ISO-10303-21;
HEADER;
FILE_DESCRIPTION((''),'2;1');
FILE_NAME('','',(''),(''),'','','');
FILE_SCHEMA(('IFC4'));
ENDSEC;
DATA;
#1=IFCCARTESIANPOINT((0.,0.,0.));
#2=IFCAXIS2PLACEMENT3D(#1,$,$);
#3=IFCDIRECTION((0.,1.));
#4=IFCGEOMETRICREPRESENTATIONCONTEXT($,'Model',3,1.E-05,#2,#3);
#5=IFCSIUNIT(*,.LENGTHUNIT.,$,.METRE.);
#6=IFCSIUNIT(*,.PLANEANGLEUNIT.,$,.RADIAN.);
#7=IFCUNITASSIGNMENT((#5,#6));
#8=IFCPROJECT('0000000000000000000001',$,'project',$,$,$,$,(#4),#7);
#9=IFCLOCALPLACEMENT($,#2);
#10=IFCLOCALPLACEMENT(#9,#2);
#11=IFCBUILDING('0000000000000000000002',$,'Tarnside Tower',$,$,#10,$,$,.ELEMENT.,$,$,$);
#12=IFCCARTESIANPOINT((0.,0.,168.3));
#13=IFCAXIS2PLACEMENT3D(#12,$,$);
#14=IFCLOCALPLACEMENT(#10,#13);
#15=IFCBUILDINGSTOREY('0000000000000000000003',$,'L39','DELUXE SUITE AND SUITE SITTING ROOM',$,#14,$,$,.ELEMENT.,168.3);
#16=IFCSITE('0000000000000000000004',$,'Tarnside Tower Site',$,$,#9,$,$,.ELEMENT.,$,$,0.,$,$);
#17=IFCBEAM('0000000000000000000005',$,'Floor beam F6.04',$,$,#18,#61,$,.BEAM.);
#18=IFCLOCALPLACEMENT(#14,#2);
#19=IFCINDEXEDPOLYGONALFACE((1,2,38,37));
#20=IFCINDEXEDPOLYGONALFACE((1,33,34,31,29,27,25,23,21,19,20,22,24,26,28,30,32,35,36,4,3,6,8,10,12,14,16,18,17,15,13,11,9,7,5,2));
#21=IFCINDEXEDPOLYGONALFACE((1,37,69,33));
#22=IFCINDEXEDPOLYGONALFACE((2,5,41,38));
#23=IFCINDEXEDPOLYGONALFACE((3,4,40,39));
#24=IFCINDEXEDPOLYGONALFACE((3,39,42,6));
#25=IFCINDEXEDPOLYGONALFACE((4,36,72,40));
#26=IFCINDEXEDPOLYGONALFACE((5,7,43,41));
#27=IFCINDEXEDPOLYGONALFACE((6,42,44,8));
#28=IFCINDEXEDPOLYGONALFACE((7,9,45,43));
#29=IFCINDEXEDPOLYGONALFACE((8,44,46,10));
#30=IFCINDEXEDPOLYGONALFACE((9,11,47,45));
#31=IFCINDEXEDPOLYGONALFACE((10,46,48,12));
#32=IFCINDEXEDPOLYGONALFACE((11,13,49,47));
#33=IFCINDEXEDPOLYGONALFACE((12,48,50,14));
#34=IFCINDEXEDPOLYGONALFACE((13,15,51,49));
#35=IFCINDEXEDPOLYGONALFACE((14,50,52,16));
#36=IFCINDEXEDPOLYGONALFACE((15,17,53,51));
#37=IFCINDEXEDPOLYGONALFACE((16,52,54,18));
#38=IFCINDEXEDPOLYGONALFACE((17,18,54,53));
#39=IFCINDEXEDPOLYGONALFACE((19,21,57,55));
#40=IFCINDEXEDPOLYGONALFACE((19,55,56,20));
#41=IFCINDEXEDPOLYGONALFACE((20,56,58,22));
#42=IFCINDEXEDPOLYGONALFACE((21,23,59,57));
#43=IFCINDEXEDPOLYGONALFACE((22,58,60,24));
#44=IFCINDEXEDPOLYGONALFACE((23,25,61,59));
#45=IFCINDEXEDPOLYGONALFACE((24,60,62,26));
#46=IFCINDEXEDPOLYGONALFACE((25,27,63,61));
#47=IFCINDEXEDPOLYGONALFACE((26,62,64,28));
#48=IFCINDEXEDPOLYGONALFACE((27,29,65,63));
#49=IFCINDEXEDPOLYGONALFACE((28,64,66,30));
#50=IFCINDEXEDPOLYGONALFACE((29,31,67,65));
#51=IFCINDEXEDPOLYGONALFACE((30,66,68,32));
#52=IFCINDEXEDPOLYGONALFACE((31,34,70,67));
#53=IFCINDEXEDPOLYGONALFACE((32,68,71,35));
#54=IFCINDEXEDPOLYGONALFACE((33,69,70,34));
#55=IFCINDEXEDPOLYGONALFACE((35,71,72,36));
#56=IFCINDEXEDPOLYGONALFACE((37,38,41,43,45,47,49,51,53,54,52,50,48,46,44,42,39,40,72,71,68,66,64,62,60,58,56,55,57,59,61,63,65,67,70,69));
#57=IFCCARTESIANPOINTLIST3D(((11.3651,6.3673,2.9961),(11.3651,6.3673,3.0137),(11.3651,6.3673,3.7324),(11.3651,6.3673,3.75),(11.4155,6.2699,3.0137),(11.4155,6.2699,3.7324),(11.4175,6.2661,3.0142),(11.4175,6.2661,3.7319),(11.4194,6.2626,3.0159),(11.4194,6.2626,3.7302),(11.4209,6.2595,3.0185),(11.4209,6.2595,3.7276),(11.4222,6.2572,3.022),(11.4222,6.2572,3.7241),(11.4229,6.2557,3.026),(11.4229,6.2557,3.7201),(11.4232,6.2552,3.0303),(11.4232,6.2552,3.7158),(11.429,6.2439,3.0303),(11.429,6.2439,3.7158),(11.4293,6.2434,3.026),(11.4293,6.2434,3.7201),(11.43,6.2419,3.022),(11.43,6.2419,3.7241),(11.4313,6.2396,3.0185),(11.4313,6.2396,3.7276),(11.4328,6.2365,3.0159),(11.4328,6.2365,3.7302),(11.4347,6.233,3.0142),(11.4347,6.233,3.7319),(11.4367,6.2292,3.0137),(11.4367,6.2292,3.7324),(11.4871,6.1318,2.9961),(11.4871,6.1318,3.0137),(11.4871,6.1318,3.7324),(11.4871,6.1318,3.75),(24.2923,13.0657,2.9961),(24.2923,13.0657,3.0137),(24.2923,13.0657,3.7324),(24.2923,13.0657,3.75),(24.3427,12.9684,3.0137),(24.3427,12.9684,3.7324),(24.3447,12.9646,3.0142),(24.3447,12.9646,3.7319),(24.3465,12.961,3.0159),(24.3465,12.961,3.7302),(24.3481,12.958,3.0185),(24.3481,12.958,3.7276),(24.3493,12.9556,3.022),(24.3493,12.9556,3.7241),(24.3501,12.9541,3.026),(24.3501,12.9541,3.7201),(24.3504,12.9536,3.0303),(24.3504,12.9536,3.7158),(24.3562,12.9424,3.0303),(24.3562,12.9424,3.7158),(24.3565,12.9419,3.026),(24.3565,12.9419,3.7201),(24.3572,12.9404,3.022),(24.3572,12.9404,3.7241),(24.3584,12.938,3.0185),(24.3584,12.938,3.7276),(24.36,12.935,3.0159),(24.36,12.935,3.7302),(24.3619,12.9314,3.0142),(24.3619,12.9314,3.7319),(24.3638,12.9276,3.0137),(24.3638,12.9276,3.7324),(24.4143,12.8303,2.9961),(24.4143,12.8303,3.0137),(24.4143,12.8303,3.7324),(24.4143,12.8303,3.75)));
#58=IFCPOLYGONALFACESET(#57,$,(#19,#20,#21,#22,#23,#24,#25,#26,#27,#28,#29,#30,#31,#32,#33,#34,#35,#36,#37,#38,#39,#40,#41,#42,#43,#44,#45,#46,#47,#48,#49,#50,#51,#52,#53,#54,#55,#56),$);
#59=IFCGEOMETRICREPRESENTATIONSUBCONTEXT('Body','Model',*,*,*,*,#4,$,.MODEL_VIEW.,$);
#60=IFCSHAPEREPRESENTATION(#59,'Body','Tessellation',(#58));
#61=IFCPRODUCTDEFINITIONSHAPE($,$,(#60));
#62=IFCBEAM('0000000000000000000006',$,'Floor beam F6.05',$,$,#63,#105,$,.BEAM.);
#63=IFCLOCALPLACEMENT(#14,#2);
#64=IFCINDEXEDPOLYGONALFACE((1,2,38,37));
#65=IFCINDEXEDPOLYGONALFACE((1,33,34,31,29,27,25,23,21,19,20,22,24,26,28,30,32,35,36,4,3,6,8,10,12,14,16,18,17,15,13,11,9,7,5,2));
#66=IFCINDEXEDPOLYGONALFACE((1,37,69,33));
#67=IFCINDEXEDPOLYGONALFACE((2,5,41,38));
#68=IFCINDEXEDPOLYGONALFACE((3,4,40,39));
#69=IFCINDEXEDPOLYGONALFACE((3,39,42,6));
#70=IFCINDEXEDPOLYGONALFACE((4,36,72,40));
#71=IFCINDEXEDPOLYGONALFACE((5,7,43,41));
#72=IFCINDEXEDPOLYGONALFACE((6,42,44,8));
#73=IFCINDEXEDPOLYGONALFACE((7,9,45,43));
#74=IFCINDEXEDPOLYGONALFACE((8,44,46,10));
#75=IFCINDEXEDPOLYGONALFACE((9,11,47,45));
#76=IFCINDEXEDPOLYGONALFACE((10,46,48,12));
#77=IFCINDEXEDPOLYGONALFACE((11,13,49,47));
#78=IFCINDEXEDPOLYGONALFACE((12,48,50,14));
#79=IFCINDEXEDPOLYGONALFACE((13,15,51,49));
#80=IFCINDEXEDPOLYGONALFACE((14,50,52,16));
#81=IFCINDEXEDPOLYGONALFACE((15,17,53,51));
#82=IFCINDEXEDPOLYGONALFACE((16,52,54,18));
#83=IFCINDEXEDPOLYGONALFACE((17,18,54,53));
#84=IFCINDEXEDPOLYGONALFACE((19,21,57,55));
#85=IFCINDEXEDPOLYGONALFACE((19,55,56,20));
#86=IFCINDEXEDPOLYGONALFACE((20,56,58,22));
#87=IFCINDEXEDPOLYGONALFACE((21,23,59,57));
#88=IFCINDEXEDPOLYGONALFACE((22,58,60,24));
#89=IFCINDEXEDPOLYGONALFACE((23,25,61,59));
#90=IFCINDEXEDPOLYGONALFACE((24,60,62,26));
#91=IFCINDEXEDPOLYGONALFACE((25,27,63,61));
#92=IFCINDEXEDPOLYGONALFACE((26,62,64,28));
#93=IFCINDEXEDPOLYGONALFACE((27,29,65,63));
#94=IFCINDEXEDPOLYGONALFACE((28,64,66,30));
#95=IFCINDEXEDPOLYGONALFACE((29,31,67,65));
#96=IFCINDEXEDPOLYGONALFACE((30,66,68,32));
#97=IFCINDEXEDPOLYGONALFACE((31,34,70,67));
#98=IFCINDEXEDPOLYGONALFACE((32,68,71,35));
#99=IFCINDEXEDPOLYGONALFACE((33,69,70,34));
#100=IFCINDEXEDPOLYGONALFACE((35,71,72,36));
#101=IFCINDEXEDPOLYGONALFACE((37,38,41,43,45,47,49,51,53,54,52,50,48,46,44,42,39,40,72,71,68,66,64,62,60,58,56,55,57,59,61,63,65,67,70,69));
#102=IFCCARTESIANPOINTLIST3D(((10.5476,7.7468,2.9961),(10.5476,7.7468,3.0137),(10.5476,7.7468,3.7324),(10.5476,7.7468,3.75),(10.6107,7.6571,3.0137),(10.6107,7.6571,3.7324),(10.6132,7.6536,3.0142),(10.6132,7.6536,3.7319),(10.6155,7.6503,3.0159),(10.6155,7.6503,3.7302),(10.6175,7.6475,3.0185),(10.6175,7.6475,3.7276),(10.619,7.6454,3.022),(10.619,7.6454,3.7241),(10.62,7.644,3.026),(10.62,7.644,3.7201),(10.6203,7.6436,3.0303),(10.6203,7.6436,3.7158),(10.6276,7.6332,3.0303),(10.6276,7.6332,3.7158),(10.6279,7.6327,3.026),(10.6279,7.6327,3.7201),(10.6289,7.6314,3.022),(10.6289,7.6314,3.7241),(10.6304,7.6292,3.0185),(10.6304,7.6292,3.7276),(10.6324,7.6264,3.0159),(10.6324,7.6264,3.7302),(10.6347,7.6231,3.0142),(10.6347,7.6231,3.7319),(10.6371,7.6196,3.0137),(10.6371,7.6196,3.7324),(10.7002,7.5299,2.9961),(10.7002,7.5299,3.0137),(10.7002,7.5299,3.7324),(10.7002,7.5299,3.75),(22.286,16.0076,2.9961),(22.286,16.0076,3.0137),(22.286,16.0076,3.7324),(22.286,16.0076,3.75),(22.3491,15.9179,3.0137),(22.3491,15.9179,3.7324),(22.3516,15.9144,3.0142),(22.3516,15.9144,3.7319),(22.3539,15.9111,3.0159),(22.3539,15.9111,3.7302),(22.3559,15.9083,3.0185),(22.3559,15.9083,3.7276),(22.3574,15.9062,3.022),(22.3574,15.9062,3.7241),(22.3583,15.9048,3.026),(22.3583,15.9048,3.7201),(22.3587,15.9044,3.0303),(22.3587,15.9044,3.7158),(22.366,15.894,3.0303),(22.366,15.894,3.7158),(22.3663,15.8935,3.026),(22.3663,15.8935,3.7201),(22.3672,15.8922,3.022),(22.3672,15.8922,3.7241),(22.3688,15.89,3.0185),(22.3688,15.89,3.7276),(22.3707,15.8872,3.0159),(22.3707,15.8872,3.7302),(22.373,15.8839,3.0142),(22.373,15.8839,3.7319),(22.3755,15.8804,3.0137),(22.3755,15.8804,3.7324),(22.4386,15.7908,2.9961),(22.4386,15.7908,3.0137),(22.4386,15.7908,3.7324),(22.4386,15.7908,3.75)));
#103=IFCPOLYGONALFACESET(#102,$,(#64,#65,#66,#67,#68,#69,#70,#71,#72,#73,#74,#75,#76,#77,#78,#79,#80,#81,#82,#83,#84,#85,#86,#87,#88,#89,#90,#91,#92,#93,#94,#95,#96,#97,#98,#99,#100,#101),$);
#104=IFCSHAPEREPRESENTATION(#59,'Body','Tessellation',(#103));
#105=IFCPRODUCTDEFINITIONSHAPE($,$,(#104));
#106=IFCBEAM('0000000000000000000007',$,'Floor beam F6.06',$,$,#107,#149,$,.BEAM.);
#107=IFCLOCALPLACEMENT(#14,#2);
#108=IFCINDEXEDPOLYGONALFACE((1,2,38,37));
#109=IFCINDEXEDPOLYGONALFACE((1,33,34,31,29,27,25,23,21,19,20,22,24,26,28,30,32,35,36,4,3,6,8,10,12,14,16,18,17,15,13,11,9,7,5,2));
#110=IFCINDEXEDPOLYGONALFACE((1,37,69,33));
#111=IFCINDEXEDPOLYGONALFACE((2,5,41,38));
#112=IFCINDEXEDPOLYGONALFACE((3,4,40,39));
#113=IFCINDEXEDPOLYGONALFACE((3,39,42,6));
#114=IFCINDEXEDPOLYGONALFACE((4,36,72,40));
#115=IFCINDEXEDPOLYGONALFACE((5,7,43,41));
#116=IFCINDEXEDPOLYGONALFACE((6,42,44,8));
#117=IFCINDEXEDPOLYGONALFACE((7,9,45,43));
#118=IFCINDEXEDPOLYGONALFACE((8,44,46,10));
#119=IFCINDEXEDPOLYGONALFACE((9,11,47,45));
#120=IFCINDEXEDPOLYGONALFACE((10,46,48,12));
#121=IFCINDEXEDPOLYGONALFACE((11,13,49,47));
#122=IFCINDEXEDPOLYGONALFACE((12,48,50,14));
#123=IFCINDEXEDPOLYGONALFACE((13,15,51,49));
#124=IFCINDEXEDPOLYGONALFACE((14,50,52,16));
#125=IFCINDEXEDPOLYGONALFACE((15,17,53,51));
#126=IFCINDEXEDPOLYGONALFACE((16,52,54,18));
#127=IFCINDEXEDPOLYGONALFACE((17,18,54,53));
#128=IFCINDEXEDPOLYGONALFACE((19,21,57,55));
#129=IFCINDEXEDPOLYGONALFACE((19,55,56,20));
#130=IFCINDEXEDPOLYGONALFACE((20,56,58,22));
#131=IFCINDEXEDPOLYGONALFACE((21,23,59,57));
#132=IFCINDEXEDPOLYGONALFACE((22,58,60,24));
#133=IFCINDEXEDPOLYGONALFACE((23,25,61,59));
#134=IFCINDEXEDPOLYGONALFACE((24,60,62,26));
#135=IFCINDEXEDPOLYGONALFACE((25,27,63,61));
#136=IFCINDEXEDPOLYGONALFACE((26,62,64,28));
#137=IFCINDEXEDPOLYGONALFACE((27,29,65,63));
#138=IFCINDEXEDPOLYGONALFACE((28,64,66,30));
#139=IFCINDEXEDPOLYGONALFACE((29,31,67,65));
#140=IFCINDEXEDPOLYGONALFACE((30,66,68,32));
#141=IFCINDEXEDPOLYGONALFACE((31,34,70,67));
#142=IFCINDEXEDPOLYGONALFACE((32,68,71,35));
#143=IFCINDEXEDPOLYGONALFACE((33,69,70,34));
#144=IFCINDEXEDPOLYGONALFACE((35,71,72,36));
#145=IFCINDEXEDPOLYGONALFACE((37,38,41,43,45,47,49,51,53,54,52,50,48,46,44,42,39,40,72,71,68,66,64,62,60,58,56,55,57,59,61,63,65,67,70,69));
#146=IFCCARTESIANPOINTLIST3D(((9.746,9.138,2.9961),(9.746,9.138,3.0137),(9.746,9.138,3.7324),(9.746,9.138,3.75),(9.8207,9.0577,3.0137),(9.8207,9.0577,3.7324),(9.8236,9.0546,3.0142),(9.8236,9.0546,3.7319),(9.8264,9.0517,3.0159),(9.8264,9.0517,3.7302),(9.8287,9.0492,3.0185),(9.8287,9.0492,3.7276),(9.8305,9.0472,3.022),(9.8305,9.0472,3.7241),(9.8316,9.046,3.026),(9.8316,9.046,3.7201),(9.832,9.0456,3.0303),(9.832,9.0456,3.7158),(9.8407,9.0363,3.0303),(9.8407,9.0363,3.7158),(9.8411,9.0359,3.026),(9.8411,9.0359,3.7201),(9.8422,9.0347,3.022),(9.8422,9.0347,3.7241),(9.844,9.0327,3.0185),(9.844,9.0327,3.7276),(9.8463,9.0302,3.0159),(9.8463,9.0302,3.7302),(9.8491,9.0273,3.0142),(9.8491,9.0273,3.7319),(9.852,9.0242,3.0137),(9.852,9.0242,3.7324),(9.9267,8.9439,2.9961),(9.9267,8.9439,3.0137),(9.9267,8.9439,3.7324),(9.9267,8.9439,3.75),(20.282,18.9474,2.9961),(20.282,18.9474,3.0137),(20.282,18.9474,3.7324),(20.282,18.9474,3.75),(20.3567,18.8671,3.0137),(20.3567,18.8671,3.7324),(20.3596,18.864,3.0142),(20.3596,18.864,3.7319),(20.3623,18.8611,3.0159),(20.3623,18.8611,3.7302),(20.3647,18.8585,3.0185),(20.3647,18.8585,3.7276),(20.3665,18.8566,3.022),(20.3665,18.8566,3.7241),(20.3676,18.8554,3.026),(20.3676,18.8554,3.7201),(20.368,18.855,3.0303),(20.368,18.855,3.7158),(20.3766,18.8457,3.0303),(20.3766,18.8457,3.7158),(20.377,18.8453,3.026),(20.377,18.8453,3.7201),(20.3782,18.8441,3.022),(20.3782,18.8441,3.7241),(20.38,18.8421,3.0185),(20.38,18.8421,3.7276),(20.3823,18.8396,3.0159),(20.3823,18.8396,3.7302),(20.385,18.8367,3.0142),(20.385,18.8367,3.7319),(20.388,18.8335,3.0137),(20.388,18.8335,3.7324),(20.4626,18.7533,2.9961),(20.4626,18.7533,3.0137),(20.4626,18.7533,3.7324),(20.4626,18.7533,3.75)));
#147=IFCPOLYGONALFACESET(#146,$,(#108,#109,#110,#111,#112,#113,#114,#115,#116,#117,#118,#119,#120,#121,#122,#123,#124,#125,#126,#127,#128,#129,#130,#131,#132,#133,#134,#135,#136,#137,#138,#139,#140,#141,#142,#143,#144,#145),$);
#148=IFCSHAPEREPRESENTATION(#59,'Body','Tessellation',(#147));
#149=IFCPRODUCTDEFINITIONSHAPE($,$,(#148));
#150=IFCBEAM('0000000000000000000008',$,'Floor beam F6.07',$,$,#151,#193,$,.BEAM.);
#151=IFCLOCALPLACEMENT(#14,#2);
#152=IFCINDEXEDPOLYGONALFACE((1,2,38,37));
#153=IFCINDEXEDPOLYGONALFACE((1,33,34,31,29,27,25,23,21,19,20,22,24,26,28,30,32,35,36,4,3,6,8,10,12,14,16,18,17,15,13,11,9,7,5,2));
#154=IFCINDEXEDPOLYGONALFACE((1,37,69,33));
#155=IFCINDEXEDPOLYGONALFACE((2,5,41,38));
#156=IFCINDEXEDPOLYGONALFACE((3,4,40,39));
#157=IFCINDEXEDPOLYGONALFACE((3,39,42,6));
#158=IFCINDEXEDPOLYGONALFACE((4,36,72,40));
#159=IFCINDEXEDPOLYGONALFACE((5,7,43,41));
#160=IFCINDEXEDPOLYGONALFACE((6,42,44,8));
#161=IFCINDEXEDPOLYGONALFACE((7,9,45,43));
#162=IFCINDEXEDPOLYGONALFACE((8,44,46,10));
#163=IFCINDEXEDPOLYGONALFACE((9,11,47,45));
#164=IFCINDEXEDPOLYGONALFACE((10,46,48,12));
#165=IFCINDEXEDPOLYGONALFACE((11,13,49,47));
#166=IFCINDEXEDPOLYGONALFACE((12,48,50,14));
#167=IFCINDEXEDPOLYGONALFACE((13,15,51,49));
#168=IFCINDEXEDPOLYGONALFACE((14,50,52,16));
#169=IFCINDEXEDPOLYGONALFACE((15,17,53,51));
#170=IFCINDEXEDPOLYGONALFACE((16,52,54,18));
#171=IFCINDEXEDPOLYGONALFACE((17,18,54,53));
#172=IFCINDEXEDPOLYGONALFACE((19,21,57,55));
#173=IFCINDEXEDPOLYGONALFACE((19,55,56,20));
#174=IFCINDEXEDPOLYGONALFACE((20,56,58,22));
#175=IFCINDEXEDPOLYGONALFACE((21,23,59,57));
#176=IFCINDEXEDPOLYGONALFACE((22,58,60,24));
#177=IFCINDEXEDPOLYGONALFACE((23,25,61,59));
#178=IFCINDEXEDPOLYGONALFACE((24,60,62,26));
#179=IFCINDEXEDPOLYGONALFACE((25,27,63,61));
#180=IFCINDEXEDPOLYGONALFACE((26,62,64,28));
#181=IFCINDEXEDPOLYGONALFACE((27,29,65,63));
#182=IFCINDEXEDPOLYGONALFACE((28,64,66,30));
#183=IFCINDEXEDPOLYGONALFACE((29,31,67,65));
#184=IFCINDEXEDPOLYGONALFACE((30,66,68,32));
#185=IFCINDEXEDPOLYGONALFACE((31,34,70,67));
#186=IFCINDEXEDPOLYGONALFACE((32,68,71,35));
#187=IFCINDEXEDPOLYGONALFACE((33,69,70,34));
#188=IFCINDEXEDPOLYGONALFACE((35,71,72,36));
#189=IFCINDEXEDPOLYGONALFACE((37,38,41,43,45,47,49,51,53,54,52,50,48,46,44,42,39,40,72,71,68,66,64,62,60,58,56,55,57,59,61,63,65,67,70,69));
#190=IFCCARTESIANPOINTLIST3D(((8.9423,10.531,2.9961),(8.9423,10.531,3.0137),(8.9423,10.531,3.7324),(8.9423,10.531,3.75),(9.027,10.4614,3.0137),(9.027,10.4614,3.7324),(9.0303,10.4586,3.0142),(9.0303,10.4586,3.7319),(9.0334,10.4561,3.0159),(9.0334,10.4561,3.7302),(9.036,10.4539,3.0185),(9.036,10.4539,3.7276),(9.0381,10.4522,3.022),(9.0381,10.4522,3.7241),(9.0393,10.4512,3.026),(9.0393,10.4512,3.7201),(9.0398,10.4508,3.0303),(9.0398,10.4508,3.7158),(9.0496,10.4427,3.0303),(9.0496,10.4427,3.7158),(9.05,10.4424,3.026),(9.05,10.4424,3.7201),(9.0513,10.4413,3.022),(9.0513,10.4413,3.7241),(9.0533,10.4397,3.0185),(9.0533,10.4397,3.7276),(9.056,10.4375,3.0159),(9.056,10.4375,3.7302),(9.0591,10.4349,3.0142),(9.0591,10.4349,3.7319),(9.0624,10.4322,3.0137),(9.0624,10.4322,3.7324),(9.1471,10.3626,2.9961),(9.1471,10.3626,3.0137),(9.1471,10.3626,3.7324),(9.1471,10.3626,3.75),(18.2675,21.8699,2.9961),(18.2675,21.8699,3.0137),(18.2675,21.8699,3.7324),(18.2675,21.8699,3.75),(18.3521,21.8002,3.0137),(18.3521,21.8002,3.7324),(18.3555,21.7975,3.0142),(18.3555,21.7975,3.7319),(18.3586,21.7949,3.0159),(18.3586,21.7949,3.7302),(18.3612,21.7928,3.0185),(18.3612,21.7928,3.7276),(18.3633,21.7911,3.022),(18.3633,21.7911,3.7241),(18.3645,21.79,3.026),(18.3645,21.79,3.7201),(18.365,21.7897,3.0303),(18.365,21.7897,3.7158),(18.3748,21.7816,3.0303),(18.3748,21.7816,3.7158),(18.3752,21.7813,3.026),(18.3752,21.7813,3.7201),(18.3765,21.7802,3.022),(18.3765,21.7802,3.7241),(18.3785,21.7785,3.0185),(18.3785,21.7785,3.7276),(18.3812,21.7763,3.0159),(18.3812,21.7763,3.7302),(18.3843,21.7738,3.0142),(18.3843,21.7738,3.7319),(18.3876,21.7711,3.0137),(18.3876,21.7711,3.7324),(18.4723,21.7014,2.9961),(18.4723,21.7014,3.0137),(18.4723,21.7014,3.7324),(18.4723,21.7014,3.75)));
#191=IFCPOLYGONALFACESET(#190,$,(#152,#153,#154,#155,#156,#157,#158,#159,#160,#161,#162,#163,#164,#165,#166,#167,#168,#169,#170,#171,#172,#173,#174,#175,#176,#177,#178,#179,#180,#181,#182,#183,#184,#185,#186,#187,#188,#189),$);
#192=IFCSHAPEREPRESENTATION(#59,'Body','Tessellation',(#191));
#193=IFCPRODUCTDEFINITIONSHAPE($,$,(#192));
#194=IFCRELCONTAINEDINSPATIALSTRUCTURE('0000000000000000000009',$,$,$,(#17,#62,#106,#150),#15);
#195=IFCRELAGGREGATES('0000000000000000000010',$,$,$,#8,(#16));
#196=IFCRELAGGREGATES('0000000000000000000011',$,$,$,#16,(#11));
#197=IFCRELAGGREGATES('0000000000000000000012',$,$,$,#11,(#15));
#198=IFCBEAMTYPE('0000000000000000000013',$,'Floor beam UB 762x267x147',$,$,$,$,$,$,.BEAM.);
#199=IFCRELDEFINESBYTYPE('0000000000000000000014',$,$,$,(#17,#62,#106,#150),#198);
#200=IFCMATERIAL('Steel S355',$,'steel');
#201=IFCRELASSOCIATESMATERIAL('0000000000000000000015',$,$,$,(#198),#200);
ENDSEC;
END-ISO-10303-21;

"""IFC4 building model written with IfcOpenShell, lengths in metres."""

from ifc_helpers import new_model, si_unit, direction, frame, origin, origin_2d, place, context, subcontext, project, spatial, i_section, extrude, material, material_profile, profile_set, type_object, element, save


model = new_model("IFC4")

# Units and contexts
model_context = context("Model", 3, precision=1e-05, world=origin(), true_north=direction((0.0, 1.0)))
body_context = subcontext(model_context, "Body", "Model", "MODEL_VIEW")
ifc_project = project(units=[si_unit("LENGTHUNIT", "METRE"), si_unit("PLANEANGLEUNIT", "RADIAN")], contexts=[model_context])

# Site, building, storey
site_placement = place(None, origin())
site = spatial("IfcSite", under=ifc_project, at=site_placement, Name="Tarnside Tower Site", CompositionType="ELEMENT", RefElevation=0.0)
building_placement = place(site_placement, origin())
building = spatial("IfcBuilding", under=site, at=building_placement, Name="Tarnside Tower", CompositionType="ELEMENT")
storey_placement = place(building_placement, frame((0.0, 0.0, 168.3)))
storey = spatial("IfcBuildingStorey", under=building, at=storey_placement, Name="L39", Description="DELUXE SUITE AND SUITE SITTING ROOM", CompositionType="ELEMENT", Elevation=168.3)

# Beams
ifc_material_1 = material(Name="Steel S355", Category="steel")
ifc_material_profile_1 = material_profile(ifc_material_1, i_section(OverallWidth=0.2651, OverallDepth=0.7539, WebThickness=0.0127, FlangeThickness=0.0176, FilletRadius=0.0166, at=origin_2d()), Name="UB 762x267x147")
ifc_profile_set_1 = profile_set([ifc_material_profile_1], Name="Steel S355")
beam_type_1 = type_object("IfcBeamType", Name="Floor beam UB 762x267x147", PredefinedType="BEAM", material=ifc_profile_set_1)
beam_1_placement = place(storey_placement, frame((24.3533, 12.948, 3.373), z_axis=(-0.887882, -0.460072, 0.0), x_axis=(0.460072, -0.887882, 0.0)))
element("IfcBeam", 1, at=beam_1_placement, inside=storey, type_object=beam_type_1, Name="Floor beam F6.04", PredefinedType="BEAM", context=body_context, shape_type="SweptSolid", body=[
    extrude(i_section(OverallWidth=0.2651, OverallDepth=0.7539, WebThickness=0.0127, FlangeThickness=0.0176, FilletRadius=0.0166, at=origin_2d()), origin(), (0.0, 0.0, 1.0), 14.5596),
])
beam_2_placement = place(storey_placement, frame((22.3623, 15.8992, 3.373), z_axis=(-0.817791, -0.575515, 0.0), x_axis=(0.575515, -0.817791, 0.0)))
element("IfcBeam", 2, at=beam_2_placement, inside=storey, type_object=beam_type_1, Name="Floor beam F6.05", PredefinedType="BEAM", context=body_context, shape_type="SweptSolid", body=[
    extrude(i_section(OverallWidth=0.2651, OverallDepth=0.7539, WebThickness=0.0127, FlangeThickness=0.0176, FilletRadius=0.0166, at=origin_2d()), origin(), (0.0, 0.0, 1.0), 14.3538),
])
beam_3_placement = place(storey_placement, frame((20.3723, 18.8503, 3.373), z_axis=(-0.731892, -0.68142, 0.0), x_axis=(0.68142, -0.731892, 0.0)))
element("IfcBeam", 3, at=beam_3_placement, inside=storey, type_object=beam_type_1, Name="Floor beam F6.06", PredefinedType="BEAM", context=body_context, shape_type="SweptSolid", body=[
    extrude(i_section(OverallWidth=0.2651, OverallDepth=0.7539, WebThickness=0.0127, FlangeThickness=0.0176, FilletRadius=0.0166, at=origin_2d()), origin(), (0.0, 0.0, 1.0), 14.3955),
])
beam_4_placement = place(storey_placement, frame((18.3699, 21.7856, 3.373), z_axis=(-0.635192, -0.772354, 0.0), x_axis=(0.772354, -0.635192, 0.0)))
element("IfcBeam", 4, at=beam_4_placement, inside=storey, type_object=beam_type_1, Name="Floor beam F6.07", PredefinedType="BEAM", context=body_context, shape_type="SweptSolid", body=[
    extrude(i_section(OverallWidth=0.2651, OverallDepth=0.7539, WebThickness=0.0127, FlangeThickness=0.0176, FilletRadius=0.0166, at=origin_2d()), origin(), (0.0, 0.0, 1.0), 14.6809),
])

save(model, "model.ifc")
